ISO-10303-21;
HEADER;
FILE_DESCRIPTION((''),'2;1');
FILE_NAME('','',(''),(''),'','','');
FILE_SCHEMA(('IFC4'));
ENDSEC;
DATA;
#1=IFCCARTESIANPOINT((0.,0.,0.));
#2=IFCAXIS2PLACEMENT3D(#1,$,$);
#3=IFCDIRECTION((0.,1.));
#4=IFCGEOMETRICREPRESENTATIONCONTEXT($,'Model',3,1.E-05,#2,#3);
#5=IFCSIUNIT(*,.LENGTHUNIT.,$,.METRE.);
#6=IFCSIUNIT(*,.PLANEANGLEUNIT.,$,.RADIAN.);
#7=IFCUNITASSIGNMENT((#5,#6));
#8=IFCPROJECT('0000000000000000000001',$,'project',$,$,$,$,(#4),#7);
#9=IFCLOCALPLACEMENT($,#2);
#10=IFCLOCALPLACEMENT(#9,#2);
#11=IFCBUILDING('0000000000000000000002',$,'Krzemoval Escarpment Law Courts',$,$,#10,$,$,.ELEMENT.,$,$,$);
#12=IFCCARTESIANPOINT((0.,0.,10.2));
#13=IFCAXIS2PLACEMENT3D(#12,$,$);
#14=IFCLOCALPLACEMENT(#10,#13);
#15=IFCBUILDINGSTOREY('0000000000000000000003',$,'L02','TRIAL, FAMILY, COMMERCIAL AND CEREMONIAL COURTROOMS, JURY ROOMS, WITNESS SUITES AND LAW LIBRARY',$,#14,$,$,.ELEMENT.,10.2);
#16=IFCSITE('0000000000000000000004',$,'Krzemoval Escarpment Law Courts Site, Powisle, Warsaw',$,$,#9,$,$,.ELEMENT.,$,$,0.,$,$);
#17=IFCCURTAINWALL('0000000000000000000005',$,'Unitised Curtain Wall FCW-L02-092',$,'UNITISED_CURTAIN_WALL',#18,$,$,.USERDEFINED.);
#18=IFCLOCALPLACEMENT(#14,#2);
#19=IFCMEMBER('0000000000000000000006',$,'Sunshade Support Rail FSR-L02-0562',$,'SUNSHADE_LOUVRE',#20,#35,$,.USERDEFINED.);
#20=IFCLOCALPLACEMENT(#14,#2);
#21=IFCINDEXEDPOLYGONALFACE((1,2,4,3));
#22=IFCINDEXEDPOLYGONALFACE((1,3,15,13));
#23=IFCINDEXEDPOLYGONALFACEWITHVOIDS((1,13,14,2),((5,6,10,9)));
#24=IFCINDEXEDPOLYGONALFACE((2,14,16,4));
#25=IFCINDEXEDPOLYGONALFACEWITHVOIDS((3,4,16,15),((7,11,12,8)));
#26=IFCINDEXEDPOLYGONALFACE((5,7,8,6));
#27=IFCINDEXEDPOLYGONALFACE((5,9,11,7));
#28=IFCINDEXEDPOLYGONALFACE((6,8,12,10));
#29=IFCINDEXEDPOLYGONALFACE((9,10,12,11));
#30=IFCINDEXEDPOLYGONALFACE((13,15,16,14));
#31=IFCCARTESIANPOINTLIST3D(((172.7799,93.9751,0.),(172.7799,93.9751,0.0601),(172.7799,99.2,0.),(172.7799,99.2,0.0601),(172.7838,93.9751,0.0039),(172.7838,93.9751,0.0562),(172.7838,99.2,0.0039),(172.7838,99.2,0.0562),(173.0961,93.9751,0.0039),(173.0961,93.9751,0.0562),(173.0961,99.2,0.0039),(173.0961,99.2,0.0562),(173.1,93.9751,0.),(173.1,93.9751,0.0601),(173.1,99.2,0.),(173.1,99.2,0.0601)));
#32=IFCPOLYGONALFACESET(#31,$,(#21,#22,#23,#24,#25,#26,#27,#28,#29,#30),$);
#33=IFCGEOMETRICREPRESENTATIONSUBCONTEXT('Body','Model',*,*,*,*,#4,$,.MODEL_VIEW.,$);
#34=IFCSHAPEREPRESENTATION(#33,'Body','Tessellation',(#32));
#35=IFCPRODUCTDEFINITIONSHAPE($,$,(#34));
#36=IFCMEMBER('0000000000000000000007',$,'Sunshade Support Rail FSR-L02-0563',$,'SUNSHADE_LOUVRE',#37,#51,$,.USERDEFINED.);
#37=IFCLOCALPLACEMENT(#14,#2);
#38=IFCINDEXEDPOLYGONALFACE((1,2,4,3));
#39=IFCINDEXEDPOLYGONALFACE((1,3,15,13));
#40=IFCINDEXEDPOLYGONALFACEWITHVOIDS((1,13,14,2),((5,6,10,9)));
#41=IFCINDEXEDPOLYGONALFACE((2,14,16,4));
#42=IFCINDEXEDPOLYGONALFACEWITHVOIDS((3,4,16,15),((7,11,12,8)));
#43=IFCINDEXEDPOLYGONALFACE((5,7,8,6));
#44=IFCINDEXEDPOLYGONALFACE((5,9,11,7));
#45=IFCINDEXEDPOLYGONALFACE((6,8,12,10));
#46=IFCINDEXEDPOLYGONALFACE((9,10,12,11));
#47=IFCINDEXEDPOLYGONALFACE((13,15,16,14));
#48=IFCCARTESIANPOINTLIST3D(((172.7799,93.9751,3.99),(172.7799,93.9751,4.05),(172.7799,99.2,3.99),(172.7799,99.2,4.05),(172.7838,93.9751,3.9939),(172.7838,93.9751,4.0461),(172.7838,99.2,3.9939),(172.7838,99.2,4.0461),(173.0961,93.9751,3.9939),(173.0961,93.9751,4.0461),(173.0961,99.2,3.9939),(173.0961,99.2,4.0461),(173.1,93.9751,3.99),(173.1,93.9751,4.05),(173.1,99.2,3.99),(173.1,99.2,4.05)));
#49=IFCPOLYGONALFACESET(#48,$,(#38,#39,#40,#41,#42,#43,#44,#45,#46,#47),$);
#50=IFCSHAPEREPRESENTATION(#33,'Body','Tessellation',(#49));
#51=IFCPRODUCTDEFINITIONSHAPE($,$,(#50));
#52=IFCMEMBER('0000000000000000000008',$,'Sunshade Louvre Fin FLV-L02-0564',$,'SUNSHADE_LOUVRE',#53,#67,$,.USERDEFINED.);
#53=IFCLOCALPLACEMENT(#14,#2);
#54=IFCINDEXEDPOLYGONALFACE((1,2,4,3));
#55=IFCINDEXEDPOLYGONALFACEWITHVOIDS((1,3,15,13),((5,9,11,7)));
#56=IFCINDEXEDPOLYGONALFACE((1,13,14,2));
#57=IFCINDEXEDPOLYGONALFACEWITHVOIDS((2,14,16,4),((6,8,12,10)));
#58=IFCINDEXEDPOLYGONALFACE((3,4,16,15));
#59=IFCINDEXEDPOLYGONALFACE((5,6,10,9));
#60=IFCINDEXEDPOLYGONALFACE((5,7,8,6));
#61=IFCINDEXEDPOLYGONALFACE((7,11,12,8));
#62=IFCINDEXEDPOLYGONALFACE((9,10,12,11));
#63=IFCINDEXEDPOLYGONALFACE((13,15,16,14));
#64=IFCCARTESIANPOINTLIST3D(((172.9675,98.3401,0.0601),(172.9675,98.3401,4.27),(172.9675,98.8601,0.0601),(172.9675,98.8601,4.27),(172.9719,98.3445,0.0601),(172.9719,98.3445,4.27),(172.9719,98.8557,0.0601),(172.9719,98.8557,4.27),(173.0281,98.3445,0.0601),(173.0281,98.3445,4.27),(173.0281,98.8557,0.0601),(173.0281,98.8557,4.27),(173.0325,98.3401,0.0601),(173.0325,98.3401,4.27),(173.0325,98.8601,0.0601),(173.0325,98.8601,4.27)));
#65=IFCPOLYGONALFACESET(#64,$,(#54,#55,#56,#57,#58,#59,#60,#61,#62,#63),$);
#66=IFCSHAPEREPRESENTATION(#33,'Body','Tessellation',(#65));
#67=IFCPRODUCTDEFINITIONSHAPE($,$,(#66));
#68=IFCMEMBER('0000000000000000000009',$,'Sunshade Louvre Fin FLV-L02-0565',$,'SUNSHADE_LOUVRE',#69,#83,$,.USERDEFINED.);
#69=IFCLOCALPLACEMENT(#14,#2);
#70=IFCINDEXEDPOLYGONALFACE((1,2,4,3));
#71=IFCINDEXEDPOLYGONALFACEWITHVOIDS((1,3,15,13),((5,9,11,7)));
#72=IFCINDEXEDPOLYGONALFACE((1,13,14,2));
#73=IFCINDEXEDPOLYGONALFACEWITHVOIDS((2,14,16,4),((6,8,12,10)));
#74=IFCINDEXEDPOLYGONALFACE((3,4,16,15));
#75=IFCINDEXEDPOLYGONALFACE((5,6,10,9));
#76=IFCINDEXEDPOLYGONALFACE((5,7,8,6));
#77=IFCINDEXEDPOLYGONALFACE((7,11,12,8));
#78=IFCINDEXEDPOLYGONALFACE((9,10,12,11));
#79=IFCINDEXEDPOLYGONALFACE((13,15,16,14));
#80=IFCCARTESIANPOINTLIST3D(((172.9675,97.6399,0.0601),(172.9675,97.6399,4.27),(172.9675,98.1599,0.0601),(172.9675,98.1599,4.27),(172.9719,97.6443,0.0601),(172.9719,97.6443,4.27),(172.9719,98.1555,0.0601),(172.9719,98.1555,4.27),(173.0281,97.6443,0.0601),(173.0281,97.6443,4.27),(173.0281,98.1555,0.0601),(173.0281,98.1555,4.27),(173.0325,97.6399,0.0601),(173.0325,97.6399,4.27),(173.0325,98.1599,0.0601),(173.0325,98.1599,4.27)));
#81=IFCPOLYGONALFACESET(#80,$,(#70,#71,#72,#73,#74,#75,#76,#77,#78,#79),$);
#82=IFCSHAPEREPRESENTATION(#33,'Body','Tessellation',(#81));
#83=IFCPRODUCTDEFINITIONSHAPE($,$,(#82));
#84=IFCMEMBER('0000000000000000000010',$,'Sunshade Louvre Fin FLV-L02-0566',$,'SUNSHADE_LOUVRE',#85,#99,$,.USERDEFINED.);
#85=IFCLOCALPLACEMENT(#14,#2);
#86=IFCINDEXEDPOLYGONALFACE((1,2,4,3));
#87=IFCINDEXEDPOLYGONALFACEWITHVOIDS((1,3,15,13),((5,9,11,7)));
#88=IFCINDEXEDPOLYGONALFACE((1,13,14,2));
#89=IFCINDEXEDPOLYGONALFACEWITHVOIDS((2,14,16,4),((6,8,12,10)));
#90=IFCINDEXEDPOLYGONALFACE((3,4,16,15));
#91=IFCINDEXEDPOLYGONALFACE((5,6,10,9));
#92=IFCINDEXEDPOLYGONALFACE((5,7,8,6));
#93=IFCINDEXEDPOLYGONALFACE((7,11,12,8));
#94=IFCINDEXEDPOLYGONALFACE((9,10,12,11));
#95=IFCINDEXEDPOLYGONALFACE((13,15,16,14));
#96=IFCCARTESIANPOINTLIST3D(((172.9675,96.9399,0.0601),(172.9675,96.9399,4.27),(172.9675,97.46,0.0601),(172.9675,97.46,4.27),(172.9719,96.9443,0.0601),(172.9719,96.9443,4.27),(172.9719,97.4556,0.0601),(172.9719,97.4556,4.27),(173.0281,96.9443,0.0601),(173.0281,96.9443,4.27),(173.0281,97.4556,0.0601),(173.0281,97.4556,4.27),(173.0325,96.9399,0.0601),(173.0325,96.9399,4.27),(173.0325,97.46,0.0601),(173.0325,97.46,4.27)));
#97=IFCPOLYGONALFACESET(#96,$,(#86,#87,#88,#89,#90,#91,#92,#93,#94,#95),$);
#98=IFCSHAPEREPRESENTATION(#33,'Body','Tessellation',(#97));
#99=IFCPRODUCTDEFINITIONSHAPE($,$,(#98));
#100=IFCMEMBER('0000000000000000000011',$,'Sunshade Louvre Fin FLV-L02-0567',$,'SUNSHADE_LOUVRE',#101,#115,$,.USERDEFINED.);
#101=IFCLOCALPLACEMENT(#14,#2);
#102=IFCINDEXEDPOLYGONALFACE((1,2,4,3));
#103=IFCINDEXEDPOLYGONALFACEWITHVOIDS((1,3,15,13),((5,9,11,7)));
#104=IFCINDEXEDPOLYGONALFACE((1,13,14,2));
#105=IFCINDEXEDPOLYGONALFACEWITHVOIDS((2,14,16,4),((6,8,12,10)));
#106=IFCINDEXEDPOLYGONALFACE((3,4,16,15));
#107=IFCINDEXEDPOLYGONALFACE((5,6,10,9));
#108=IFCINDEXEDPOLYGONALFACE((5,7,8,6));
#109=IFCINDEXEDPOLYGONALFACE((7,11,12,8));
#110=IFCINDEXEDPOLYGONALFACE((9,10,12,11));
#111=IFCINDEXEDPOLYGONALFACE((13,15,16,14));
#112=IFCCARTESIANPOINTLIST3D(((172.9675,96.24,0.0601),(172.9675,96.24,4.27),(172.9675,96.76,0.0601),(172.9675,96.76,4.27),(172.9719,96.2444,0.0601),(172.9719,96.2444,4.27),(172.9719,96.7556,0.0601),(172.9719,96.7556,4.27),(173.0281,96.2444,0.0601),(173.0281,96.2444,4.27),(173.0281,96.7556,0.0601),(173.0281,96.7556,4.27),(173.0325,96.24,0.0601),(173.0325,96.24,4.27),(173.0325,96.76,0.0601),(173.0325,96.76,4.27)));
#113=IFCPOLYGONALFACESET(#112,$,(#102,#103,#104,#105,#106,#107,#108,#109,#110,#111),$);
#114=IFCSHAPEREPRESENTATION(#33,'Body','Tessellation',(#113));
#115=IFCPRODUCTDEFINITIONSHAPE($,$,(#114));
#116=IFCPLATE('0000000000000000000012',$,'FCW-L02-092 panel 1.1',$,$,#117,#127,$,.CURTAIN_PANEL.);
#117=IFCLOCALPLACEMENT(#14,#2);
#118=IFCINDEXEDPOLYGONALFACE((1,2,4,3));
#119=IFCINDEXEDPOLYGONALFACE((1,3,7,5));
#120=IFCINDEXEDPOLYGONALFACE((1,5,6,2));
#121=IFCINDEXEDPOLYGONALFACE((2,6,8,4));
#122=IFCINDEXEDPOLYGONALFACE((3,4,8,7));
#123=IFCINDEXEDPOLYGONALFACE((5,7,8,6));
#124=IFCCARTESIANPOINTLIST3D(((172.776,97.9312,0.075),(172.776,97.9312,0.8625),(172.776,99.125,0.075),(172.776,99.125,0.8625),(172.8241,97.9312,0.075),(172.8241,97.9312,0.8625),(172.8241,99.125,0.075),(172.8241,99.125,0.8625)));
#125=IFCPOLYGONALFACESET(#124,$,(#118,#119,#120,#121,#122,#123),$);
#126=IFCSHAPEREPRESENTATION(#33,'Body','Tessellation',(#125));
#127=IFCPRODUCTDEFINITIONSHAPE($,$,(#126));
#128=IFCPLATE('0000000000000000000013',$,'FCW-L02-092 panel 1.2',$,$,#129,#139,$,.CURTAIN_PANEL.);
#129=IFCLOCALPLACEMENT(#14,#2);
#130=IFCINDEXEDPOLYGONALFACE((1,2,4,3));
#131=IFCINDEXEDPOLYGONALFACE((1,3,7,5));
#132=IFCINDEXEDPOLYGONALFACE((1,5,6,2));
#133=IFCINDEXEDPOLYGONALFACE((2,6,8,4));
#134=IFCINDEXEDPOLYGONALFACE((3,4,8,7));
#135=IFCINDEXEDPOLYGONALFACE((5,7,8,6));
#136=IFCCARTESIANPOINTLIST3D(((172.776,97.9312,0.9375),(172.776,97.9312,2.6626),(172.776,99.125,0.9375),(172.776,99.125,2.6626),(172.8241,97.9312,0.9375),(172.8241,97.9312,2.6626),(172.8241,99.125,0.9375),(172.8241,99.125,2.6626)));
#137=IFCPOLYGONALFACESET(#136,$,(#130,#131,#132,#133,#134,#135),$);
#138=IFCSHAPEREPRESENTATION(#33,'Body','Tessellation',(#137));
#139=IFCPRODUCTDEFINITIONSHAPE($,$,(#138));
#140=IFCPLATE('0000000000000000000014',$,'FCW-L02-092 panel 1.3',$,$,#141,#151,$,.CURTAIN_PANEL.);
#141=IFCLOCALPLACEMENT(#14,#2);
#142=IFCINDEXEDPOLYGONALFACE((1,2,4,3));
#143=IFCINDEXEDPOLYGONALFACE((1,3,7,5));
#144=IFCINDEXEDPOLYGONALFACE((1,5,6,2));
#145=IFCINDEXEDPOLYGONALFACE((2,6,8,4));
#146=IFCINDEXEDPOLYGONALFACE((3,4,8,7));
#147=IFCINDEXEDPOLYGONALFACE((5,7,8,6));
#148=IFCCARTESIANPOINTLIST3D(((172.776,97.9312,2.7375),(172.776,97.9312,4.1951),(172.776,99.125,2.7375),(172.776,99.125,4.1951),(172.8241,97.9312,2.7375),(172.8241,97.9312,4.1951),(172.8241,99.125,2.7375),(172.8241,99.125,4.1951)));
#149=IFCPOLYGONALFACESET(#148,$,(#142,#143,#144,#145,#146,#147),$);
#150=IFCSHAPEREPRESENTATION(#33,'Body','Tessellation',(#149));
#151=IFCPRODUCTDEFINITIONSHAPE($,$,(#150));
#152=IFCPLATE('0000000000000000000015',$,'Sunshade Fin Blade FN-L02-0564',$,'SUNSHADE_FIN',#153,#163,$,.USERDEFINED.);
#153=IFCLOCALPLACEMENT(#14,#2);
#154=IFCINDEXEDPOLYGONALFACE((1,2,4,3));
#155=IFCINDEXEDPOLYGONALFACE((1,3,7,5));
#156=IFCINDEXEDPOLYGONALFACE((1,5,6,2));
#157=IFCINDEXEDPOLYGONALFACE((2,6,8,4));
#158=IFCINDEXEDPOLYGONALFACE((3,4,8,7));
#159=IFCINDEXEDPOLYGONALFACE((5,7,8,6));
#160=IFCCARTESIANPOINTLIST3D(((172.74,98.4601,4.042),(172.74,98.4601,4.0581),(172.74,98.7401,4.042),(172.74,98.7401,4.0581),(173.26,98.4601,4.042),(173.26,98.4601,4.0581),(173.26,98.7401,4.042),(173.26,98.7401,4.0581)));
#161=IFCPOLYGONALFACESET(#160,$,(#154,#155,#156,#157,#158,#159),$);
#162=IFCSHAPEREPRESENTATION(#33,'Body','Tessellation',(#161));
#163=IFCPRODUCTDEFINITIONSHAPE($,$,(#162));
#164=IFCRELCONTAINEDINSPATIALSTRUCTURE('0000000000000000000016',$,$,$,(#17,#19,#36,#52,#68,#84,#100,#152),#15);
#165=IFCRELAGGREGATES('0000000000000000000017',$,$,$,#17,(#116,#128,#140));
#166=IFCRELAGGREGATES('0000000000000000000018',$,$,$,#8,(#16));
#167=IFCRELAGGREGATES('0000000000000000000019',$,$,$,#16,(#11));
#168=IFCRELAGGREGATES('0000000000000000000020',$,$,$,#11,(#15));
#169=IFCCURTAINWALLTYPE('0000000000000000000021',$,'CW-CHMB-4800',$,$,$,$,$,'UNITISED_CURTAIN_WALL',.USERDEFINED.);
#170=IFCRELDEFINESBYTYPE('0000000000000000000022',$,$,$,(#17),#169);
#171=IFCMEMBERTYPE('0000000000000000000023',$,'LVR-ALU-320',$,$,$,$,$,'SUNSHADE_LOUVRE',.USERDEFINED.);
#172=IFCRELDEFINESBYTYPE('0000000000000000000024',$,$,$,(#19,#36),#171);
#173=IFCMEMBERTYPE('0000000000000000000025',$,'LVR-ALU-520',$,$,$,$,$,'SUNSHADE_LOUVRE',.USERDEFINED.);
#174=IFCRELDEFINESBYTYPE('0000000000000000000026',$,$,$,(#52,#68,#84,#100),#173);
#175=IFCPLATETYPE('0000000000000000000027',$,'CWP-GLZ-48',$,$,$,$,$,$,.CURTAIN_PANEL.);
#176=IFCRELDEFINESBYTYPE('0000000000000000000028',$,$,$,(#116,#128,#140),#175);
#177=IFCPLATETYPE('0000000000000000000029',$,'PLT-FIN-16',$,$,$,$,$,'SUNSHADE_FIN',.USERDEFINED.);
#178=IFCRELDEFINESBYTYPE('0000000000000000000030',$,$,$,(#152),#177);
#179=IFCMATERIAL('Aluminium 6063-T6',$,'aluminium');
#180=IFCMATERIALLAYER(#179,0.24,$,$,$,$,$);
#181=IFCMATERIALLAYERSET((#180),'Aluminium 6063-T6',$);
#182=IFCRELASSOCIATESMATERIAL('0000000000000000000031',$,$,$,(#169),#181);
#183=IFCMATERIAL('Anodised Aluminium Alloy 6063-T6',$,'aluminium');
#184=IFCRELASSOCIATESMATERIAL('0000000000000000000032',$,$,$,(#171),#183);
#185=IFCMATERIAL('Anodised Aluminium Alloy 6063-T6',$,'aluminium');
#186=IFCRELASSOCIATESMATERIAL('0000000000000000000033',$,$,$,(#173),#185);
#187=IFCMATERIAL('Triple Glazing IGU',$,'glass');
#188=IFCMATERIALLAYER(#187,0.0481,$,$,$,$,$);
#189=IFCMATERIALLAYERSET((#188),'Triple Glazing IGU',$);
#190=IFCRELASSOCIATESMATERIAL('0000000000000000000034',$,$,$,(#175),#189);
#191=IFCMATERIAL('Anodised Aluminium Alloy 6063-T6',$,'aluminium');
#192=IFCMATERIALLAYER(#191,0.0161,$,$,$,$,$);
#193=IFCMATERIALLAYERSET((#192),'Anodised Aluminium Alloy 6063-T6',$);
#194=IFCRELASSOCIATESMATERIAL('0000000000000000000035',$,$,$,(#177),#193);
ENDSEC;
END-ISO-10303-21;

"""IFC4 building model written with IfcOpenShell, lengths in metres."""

from ifc_helpers import new_model, si_unit, direction, frame, origin, origin_2d, place, context, subcontext, project, spatial, rectangle, hollow_rectangle, extrude, material, layer, layer_set, material_profile, profile_set, type_object, element, aggregate, save


model = new_model("IFC4")

# Units and contexts
model_context = context("Model", 3, precision=1e-05, world=origin(), true_north=direction((0.0, 1.0)))
body_context = subcontext(model_context, "Body", "Model", "MODEL_VIEW")
ifc_project = project(units=[si_unit("LENGTHUNIT", "METRE"), si_unit("PLANEANGLEUNIT", "RADIAN")], contexts=[model_context])

# Site, building, storey
site_placement = place(None, origin())
site = spatial("IfcSite", under=ifc_project, at=site_placement, Name="Krzemoval Escarpment Law Courts Site, Powisle, Warsaw", CompositionType="ELEMENT", RefElevation=0.0)
building_placement = place(site_placement, origin())
building = spatial("IfcBuilding", under=site, at=building_placement, Name="Krzemoval Escarpment Law Courts", CompositionType="ELEMENT")
storey_placement = place(building_placement, frame((0.0, 0.0, 10.2)))
storey = spatial("IfcBuildingStorey", under=building, at=storey_placement, Name="L02", Description="TRIAL, FAMILY, COMMERCIAL AND CEREMONIAL COURTROOMS, JURY ROOMS, WITNESS SUITES AND LAW LIBRARY", CompositionType="ELEMENT", Elevation=10.2)

# Curtain wall
ifc_material_1 = material(Name="Aluminium 6063-T6", Category="aluminium")
ifc_layer_1 = layer(ifc_material_1, 0.24)
ifc_layer_set_1 = layer_set([ifc_layer_1], Name="Aluminium 6063-T6")
curtain_wall_type = type_object("IfcCurtainWallType", Name="CW-CHMB-4800", ElementType="UNITISED_CURTAIN_WALL", PredefinedType="USERDEFINED", material=ifc_layer_set_1)
curtain_wall_placement = place(storey_placement, origin())
curtain_wall = element("IfcCurtainWall", 1, at=curtain_wall_placement, inside=storey, type_object=curtain_wall_type, Name="Unitised Curtain Wall FCW-L02-092", ObjectType="UNITISED_CURTAIN_WALL", PredefinedType="USERDEFINED")

# Members
ifc_material_2 = material(Name="Anodised Aluminium Alloy 6063-T6", Category="aluminium")
ifc_material_profile_1 = material_profile(ifc_material_2, hollow_rectangle(XDim=0.0601, YDim=0.3201, WallThickness=0.0039, at=origin_2d()), Name="ALU LVR 60x320")
ifc_profile_set_1 = profile_set([ifc_material_profile_1], Name="Anodised Aluminium Alloy 6063-T6")
member_type_1 = type_object("IfcMemberType", Name="LVR-ALU-320", ElementType="SUNSHADE_LOUVRE", PredefinedType="USERDEFINED", material=ifc_profile_set_1)
for number, where, z_axis, x_axis, name in (
    (2, (172.9399, 99.2, 0.03), (0.0, -1.0, 0.0), (0.0, 0.0, 1.0), "Sunshade Support Rail FSR-L02-0562"),
    (3, (172.9399, 99.2, 4.02), (0.0, -1.0, 0.0), (0.0, 0.0, 1.0), "Sunshade Support Rail FSR-L02-0563"),
):
    element("IfcMember", number, at=place(storey_placement, frame(where, z_axis=z_axis, x_axis=x_axis)), inside=storey, type_object=member_type_1, Name=name, ObjectType="SUNSHADE_LOUVRE", PredefinedType="USERDEFINED", context=body_context, shape_type="SweptSolid", body=[
        extrude(hollow_rectangle(XDim=0.0601, YDim=0.3201, WallThickness=0.0039, at=origin_2d()), origin(), (0.0, 0.0, 1.0), 5.2249),
    ])
ifc_material_3 = material(Name="Anodised Aluminium Alloy 6063-T6", Category="aluminium")
ifc_material_profile_2 = material_profile(ifc_material_3, hollow_rectangle(XDim=0.0649, YDim=0.52, WallThickness=0.0044, at=origin_2d()), Name="ALU LVR 65x520")
ifc_profile_set_2 = profile_set([ifc_material_profile_2], Name="Anodised Aluminium Alloy 6063-T6")
member_type_2 = type_object("IfcMemberType", Name="LVR-ALU-520", ElementType="SUNSHADE_LOUVRE", PredefinedType="USERDEFINED", material=ifc_profile_set_2)
for number, where, z_axis, x_axis, name in (
    (4, (173.0, 98.6001, 0.0601), (0.0, 0.0, 1.0), (1.0, 0.0, 0.0), "Sunshade Louvre Fin FLV-L02-0564"),
    (5, (173.0, 97.8999, 0.0601), (0.0, 0.0, 1.0), (1.0, 0.0, 0.0), "Sunshade Louvre Fin FLV-L02-0565"),
    (6, (173.0, 97.2, 0.0601), (0.0, 0.0, 1.0), (1.0, 0.0, 0.0), "Sunshade Louvre Fin FLV-L02-0566"),
    (7, (173.0, 96.5, 0.0601), (0.0, 0.0, 1.0), (1.0, 0.0, 0.0), "Sunshade Louvre Fin FLV-L02-0567"),
):
    element("IfcMember", number, at=place(storey_placement, frame(where, z_axis=z_axis, x_axis=x_axis)), inside=storey, type_object=member_type_2, Name=name, ObjectType="SUNSHADE_LOUVRE", PredefinedType="USERDEFINED", context=body_context, shape_type="SweptSolid", body=[
        extrude(hollow_rectangle(XDim=0.0649, YDim=0.52, WallThickness=0.0044, at=origin_2d()), origin(), (0.0, 0.0, 1.0), 4.21),
    ])

# Plates
ifc_material_4 = material(Name="Triple Glazing IGU", Category="glass")
ifc_layer_2 = layer(ifc_material_4, 0.0481)
ifc_layer_set_2 = layer_set([ifc_layer_2], Name="Triple Glazing IGU")
plate_type_1 = type_object("IfcPlateType", Name="CWP-GLZ-48", PredefinedType="CURTAIN_PANEL", material=ifc_layer_set_2)
plate_1_placement = place(storey_placement, frame((172.8, 98.5281, 0.075), z_axis=(0.0, 0.0, 1.0), x_axis=(0.0, -1.0, 0.0)))
plate_1 = element("IfcPlate", 8, at=plate_1_placement, type_object=plate_type_1, Name="FCW-L02-092 panel 1.1", PredefinedType="CURTAIN_PANEL", context=body_context, shape_type="SweptSolid", body=[
    extrude(rectangle(XDim=1.1938, YDim=0.0481, at=origin_2d()), origin(), (0.0, 0.0, 1.0), 0.7876),
])
plate_2_placement = place(storey_placement, frame((172.8, 98.5281, 0.9375), z_axis=(0.0, 0.0, 1.0), x_axis=(0.0, -1.0, 0.0)))
plate_2 = element("IfcPlate", 9, at=plate_2_placement, type_object=plate_type_1, Name="FCW-L02-092 panel 1.2", PredefinedType="CURTAIN_PANEL", context=body_context, shape_type="SweptSolid", body=[
    extrude(rectangle(XDim=1.1938, YDim=0.0481, at=origin_2d()), origin(), (0.0, 0.0, 1.0), 1.7251),
])
plate_3_placement = place(storey_placement, frame((172.8, 98.5281, 2.7375), z_axis=(0.0, 0.0, 1.0), x_axis=(0.0, -1.0, 0.0)))
plate_3 = element("IfcPlate", 10, at=plate_3_placement, type_object=plate_type_1, Name="FCW-L02-092 panel 1.3", PredefinedType="CURTAIN_PANEL", context=body_context, shape_type="SweptSolid", body=[
    extrude(rectangle(XDim=1.1938, YDim=0.0481, at=origin_2d()), origin(), (0.0, 0.0, 1.0), 1.4575),
])
aggregate(curtain_wall, [plate_1, plate_2, plate_3])
ifc_material_5 = material(Name="Anodised Aluminium Alloy 6063-T6", Category="aluminium")
ifc_layer_3 = layer(ifc_material_5, 0.0161)
ifc_layer_set_3 = layer_set([ifc_layer_3], Name="Anodised Aluminium Alloy 6063-T6")
plate_type_2 = type_object("IfcPlateType", Name="PLT-FIN-16", ElementType="SUNSHADE_FIN", PredefinedType="USERDEFINED", material=ifc_layer_set_3)
plate_4_placement = place(storey_placement, frame((173.0, 98.6001, 4.042), z_axis=(0.0, 0.0, 1.0), x_axis=(1.0, 0.0, 0.0)))
element("IfcPlate", 11, at=plate_4_placement, inside=storey, type_object=plate_type_2, Name="Sunshade Fin Blade FN-L02-0564", ObjectType="SUNSHADE_FIN", PredefinedType="USERDEFINED", context=body_context, shape_type="SweptSolid", body=[
    extrude(rectangle(XDim=0.52, YDim=0.28, at=origin_2d()), origin(), (0.0, 0.0, 1.0), 0.0161),
])

save(model, "model.ifc")
